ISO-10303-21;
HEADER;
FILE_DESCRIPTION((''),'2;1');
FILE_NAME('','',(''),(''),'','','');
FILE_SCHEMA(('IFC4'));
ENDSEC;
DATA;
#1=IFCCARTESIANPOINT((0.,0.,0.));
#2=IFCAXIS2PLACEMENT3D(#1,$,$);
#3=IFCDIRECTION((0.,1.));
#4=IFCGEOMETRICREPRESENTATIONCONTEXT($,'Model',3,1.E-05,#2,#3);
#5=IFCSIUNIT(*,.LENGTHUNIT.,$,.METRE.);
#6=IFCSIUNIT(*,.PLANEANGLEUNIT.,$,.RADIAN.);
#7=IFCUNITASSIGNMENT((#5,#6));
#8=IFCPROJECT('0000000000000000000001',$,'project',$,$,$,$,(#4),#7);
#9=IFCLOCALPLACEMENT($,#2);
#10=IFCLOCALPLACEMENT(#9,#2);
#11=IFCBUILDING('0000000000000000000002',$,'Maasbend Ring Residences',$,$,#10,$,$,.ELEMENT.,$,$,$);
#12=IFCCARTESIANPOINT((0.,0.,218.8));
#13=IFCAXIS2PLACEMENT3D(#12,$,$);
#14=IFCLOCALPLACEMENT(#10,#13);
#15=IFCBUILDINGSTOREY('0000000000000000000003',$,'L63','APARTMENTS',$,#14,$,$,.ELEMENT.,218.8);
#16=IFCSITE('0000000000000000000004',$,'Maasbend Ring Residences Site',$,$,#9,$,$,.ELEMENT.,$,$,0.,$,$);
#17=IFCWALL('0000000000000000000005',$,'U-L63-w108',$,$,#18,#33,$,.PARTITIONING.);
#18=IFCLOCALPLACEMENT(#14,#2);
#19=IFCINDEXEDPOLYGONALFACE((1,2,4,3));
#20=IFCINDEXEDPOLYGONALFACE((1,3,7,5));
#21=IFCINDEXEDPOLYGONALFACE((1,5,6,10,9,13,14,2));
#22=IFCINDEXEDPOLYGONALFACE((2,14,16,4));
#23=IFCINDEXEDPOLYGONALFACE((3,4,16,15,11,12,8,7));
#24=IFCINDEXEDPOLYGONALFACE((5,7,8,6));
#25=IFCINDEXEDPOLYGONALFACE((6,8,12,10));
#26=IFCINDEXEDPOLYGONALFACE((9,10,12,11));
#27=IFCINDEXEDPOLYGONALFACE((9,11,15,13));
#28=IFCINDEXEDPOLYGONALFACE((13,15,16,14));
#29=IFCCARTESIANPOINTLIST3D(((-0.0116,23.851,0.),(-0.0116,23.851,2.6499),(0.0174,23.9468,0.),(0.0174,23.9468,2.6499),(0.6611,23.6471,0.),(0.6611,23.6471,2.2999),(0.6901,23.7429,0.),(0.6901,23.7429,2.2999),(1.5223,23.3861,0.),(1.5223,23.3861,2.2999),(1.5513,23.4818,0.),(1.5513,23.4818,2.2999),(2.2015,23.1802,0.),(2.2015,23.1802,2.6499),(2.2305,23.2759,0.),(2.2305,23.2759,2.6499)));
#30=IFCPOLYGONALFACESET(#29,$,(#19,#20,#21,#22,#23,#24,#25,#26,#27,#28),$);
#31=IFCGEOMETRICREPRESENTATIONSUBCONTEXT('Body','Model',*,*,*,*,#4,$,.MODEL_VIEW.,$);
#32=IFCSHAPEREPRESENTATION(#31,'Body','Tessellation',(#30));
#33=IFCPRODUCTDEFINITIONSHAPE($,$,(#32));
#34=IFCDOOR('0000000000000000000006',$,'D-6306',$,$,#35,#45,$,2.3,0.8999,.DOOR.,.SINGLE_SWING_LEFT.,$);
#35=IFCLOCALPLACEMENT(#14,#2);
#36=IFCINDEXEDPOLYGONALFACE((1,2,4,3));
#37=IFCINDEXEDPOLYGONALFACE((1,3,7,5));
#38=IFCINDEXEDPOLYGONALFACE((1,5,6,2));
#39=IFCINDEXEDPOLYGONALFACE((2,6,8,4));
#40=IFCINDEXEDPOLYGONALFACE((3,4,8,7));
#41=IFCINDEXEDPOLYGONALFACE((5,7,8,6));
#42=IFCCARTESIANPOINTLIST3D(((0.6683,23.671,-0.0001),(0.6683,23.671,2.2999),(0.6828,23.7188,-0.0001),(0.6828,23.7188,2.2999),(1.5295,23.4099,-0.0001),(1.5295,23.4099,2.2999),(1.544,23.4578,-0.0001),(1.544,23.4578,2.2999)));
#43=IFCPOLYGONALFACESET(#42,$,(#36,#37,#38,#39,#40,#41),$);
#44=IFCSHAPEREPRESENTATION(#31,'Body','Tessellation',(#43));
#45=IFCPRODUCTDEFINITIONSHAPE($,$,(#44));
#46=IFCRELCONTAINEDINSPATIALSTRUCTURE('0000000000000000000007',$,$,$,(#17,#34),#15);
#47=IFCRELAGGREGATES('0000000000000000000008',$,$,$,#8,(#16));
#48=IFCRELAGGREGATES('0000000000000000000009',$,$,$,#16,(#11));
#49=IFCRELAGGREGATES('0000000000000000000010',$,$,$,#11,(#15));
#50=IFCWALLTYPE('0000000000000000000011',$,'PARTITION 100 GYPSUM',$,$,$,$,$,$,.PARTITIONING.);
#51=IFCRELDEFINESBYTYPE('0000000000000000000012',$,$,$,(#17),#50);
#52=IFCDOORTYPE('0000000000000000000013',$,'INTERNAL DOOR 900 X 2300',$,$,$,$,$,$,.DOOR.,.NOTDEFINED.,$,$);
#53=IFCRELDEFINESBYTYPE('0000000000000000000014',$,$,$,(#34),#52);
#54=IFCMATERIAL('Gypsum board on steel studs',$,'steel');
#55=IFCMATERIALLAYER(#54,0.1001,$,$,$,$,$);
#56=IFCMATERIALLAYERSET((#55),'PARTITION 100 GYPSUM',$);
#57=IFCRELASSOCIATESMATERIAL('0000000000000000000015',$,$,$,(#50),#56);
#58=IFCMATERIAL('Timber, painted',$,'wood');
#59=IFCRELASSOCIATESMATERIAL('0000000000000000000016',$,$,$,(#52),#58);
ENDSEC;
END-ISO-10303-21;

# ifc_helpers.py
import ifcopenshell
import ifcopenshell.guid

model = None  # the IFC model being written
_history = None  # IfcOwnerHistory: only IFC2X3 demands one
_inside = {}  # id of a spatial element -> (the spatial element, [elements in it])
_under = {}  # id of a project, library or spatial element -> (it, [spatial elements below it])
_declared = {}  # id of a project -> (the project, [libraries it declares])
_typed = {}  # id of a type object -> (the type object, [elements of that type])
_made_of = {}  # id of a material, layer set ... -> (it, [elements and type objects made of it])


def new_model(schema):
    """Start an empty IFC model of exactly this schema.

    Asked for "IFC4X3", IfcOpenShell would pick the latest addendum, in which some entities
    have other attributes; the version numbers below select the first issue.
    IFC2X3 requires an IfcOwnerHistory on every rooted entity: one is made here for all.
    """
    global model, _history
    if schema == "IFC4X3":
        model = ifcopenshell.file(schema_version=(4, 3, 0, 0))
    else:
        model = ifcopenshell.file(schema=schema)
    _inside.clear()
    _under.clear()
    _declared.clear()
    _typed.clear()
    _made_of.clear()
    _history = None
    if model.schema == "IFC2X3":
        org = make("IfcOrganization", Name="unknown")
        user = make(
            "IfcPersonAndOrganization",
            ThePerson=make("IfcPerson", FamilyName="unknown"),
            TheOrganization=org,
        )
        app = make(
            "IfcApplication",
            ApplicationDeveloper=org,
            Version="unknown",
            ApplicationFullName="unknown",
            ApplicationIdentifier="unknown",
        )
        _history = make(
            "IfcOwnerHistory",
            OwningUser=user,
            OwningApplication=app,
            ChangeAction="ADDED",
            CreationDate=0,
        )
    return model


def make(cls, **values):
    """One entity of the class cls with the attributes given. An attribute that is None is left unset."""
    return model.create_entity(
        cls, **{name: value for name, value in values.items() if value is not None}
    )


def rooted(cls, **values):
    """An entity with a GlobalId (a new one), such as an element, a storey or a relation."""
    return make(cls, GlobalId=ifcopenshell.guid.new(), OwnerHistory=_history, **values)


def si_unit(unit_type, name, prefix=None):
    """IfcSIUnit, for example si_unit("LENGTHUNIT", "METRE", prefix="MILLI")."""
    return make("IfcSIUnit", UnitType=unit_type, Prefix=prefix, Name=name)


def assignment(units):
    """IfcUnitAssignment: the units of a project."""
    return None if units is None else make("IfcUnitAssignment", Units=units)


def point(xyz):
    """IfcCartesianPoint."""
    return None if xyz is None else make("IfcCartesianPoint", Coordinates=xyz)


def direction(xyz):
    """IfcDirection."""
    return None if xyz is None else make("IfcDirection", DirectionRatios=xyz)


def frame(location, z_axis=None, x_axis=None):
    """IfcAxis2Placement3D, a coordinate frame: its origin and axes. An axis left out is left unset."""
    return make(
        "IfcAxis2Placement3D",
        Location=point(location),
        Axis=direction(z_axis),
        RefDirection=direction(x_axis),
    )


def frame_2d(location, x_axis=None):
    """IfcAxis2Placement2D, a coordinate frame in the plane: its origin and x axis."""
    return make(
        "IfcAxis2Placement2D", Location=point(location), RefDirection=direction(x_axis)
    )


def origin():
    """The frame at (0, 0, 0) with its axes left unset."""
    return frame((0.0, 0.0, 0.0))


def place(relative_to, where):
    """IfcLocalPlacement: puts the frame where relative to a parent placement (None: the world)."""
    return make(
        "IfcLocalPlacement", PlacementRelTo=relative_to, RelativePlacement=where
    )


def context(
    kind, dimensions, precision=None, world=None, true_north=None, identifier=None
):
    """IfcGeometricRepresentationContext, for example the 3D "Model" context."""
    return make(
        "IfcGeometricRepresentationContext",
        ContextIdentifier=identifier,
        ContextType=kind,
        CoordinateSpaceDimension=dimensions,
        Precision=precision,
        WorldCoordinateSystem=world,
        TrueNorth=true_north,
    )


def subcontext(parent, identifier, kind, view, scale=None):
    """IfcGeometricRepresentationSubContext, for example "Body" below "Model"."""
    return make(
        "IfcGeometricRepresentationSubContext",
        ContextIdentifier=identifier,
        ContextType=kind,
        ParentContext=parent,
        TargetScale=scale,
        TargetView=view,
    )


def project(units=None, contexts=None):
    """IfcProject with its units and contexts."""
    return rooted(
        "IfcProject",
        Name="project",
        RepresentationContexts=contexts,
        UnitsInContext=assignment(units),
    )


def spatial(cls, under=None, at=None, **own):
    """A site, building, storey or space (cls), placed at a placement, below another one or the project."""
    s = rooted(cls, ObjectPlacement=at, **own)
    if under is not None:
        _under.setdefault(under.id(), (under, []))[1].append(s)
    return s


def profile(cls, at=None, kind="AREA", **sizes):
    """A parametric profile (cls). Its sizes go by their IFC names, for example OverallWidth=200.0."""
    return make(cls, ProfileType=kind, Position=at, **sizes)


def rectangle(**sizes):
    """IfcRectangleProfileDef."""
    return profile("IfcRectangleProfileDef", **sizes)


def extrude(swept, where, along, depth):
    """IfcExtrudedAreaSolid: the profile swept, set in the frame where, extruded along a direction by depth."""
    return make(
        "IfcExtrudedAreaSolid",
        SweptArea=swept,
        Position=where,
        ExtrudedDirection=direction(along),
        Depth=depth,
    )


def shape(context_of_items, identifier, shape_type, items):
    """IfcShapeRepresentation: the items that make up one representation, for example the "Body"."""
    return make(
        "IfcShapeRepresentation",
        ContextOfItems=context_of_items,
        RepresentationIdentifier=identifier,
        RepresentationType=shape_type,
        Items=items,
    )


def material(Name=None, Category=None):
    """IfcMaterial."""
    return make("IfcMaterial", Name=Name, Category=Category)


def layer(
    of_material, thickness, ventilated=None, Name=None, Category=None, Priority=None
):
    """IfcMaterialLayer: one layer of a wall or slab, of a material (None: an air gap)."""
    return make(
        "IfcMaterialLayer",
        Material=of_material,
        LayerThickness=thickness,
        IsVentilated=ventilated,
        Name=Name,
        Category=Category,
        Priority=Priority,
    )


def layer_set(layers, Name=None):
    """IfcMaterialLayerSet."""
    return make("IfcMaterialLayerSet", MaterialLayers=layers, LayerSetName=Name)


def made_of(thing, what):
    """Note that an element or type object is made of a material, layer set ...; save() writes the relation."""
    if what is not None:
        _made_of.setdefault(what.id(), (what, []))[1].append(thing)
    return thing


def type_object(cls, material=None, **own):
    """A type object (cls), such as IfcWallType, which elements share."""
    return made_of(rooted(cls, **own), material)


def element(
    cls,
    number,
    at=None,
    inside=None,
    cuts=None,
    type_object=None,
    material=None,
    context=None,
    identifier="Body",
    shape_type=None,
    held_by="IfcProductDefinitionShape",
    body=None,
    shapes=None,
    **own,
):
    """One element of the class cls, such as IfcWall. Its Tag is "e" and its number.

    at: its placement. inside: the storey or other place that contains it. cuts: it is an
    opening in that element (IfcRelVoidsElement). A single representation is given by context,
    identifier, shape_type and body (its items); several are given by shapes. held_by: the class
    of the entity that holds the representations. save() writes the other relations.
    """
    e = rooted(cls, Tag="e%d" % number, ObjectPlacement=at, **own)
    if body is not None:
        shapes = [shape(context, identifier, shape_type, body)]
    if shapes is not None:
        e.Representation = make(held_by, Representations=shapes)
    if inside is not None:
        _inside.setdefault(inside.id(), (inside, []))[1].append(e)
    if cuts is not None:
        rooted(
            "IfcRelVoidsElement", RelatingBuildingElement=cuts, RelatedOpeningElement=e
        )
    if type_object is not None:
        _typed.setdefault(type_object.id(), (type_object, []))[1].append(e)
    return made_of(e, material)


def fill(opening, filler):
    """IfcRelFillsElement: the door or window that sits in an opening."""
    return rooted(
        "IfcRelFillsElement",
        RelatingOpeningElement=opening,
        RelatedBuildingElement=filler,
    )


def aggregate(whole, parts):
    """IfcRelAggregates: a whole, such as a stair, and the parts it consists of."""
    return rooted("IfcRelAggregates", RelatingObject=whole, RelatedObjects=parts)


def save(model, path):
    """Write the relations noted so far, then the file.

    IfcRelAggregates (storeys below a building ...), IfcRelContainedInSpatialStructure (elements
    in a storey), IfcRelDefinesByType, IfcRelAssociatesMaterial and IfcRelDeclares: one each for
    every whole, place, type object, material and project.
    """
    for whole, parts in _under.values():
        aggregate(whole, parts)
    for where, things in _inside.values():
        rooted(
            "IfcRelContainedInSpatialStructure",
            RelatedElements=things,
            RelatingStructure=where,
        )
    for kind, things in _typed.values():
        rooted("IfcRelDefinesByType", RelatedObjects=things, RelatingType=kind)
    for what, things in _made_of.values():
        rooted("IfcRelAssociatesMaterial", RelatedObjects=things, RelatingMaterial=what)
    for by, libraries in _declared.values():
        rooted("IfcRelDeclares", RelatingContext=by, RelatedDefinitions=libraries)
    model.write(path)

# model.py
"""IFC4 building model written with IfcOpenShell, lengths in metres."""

from ifc_helpers import new_model, si_unit, direction, frame, frame_2d, origin, place, context, subcontext, project, spatial, rectangle, extrude, material, layer, layer_set, type_object, element, fill, save


model = new_model("IFC4")

# Units and contexts
model_context = context("Model", 3, precision=1e-05, world=origin(), true_north=direction((0.0, 1.0)))
body_context = subcontext(model_context, "Body", "Model", "MODEL_VIEW")
ifc_project = project(units=[si_unit("LENGTHUNIT", "METRE"), si_unit("PLANEANGLEUNIT", "RADIAN")], contexts=[model_context])

# Site, building, storey
site_placement = place(None, origin())
site = spatial("IfcSite", under=ifc_project, at=site_placement, Name="Maasbend Ring Residences Site", CompositionType="ELEMENT", RefElevation=0.0)
building_placement = place(site_placement, origin())
building = spatial("IfcBuilding", under=site, at=building_placement, Name="Maasbend Ring Residences", CompositionType="ELEMENT")
storey_placement = place(building_placement, frame((0.0, 0.0, 218.8)))
storey = spatial("IfcBuildingStorey", under=building, at=storey_placement, Name="L63", Description="APARTMENTS", CompositionType="ELEMENT", Elevation=218.8)

# Wall, opening, door
ifc_material_1 = material(Name="Gypsum board on steel studs", Category="steel")
ifc_layer_1 = layer(ifc_material_1, 0.1001)
ifc_layer_set_1 = layer_set([ifc_layer_1], Name="PARTITION 100 GYPSUM")
wall_type_1 = type_object("IfcWallType", Name="PARTITION 100 GYPSUM", PredefinedType="PARTITIONING", material=ifc_layer_set_1)
wall_1_placement = place(storey_placement, frame((0.0029, 23.8989, 0.0), z_axis=(0.0, 0.0, 1.0), x_axis=(0.956994, -0.290107, 0.0)))
wall_1 = element("IfcWall", 1, at=wall_1_placement, inside=storey, type_object=wall_type_1, Name="U-L63-w108", PredefinedType="PARTITIONING", context=body_context, shape_type="SweptSolid", body=[
    extrude(rectangle(XDim=2.3125, YDim=0.1001, at=frame_2d((1.1562, 0.0))), origin(), (0.0, 0.0, 1.0), 2.6499),
])
opening_1_placement = place(wall_1_placement, frame((0.7029, 0.0, 0.0)))
opening_1 = element("IfcOpeningElement", 2, at=opening_1_placement, cuts=wall_1, PredefinedType="OPENING", context=body_context, shape_type="SweptSolid", body=[
    extrude(rectangle(XDim=0.8999, YDim=2.3, at=frame_2d((0.45, 1.1499))), frame((0.0, 0.0601, 0.0), z_axis=(0.0, -1.0, 0.0), x_axis=(1.0, 0.0, 0.0)), (0.0, 0.0, 1.0), 0.1201),
])
ifc_material_2 = material(Name="Timber, painted", Category="wood")
door_type_1 = type_object("IfcDoorType", Name="INTERNAL DOOR 900 X 2300", OperationType="NOTDEFINED", PredefinedType="DOOR", material=ifc_material_2)
door_1_placement = place(opening_1_placement, origin())
door_1 = element("IfcDoor", 3, at=door_1_placement, inside=storey, type_object=door_type_1, Name="D-6306", OperationType="SINGLE_SWING_LEFT", OverallHeight=2.3, OverallWidth=0.8999, PredefinedType="DOOR", context=body_context, shape_type="SweptSolid", body=[
    extrude(rectangle(XDim=0.8999, YDim=2.3, at=frame_2d((0.45, 1.1499))), frame((0.0, 0.0249, 0.0), z_axis=(0.0, -1.0, 0.0), x_axis=(1.0, 0.0, 0.0)), (0.0, 0.0, 1.0), 0.05),
])
fill(opening_1, door_1)

save(model, "model.ifc")
